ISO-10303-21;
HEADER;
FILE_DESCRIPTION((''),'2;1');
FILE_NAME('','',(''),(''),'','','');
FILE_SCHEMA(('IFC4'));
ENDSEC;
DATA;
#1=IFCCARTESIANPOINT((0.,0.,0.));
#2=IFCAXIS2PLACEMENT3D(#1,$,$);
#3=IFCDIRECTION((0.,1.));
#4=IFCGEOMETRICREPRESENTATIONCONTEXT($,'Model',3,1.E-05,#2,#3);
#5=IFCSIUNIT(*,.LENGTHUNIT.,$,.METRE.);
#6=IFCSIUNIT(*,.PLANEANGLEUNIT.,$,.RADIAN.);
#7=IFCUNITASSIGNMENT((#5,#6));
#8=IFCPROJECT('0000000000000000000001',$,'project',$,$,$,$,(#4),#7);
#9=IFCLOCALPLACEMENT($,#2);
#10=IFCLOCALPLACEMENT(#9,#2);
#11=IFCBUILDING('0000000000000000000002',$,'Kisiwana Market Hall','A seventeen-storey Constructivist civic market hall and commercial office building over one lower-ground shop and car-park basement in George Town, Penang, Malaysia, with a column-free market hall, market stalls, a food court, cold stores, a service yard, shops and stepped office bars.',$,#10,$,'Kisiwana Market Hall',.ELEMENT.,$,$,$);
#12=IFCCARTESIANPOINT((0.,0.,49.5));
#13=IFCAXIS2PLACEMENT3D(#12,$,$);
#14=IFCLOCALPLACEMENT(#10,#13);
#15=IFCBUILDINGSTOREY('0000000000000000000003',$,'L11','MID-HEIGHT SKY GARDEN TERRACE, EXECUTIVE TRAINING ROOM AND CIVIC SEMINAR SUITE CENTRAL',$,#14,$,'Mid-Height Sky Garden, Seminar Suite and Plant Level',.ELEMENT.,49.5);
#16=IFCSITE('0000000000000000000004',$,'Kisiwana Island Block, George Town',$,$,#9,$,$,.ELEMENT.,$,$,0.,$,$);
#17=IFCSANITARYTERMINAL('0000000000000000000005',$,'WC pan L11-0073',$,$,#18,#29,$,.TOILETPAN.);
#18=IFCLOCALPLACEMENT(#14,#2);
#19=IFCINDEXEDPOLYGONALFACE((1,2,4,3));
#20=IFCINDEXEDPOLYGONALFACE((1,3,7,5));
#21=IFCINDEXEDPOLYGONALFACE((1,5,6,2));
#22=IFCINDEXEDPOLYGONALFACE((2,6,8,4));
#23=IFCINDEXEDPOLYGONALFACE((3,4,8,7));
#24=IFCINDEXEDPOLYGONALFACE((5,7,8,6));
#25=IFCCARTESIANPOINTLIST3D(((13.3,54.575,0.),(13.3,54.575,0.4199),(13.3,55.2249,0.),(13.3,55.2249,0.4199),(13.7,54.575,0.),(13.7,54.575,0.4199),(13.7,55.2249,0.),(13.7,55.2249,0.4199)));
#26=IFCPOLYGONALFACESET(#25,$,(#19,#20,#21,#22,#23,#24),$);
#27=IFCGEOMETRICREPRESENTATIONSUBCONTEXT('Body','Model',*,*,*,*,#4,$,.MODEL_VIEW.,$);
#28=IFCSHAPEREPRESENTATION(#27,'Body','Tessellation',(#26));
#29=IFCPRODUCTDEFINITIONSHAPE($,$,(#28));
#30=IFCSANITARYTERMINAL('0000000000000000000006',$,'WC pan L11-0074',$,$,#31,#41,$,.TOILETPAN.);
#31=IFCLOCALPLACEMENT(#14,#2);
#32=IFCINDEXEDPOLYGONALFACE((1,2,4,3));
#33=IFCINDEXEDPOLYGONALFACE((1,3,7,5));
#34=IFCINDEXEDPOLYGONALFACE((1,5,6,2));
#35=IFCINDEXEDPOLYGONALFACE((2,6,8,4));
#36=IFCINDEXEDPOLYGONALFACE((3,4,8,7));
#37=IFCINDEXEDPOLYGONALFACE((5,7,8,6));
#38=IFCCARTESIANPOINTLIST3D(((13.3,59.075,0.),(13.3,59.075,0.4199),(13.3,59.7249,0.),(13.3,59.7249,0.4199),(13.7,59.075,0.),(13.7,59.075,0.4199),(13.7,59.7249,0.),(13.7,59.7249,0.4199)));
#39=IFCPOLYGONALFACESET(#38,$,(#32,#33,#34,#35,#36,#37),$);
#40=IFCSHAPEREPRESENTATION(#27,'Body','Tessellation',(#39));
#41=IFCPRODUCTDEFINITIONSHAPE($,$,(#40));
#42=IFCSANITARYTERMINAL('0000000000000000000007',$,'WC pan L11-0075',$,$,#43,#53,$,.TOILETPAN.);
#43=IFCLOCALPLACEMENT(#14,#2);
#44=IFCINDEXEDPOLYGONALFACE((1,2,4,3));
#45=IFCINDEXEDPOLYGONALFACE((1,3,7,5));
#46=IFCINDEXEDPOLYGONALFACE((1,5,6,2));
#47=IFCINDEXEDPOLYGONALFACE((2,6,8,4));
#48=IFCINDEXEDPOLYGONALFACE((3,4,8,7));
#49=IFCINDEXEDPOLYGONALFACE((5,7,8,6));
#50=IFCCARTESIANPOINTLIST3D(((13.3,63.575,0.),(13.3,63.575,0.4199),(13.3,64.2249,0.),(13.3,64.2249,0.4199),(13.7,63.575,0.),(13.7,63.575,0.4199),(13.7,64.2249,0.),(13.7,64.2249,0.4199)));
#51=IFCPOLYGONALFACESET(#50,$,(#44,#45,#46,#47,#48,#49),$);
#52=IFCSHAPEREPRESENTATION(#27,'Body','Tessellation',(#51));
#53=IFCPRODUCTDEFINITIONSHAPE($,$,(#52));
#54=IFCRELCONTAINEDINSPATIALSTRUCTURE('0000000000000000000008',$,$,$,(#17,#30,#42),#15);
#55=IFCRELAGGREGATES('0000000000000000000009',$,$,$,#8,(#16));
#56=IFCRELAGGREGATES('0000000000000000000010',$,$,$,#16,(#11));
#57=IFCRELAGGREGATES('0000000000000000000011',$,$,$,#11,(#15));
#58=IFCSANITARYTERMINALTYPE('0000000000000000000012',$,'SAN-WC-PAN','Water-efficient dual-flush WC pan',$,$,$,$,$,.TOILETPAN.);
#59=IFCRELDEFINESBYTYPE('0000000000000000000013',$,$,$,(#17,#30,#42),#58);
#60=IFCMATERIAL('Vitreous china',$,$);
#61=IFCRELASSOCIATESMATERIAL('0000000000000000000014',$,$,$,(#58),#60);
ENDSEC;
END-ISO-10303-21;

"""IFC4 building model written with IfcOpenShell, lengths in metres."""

from ifc_helpers import new_model, si_unit, direction, frame, origin, origin_2d, place, context, subcontext, project, spatial, rectangle, extrude, material, type_object, element, save


model = new_model("IFC4")

# Units and contexts
model_context = context("Model", 3, precision=1e-05, world=origin(), true_north=direction((0.0, 1.0)))
body_context = subcontext(model_context, "Body", "Model", "MODEL_VIEW")
ifc_project = project(units=[si_unit("LENGTHUNIT", "METRE"), si_unit("PLANEANGLEUNIT", "RADIAN")], contexts=[model_context])

# Site, building, storey
site_placement = place(None, origin())
site = spatial("IfcSite", under=ifc_project, at=site_placement, Name="Kisiwana Island Block, George Town", CompositionType="ELEMENT", RefElevation=0.0)
building_placement = place(site_placement, origin())
building = spatial("IfcBuilding", under=site, at=building_placement, Name="Kisiwana Market Hall", Description="A seventeen-storey Constructivist civic market hall and commercial office building over one lower-ground shop and car-park basement in George Town, Penang, Malaysia, with a column-free market hall, market stalls, a food court, cold stores, a service yard, shops and stepped office bars.", LongName="Kisiwana Market Hall", CompositionType="ELEMENT")
storey_placement = place(building_placement, frame((0.0, 0.0, 49.5)))
storey = spatial("IfcBuildingStorey", under=building, at=storey_placement, Name="L11", Description="MID-HEIGHT SKY GARDEN TERRACE, EXECUTIVE TRAINING ROOM AND CIVIC SEMINAR SUITE CENTRAL", LongName="Mid-Height Sky Garden, Seminar Suite and Plant Level", CompositionType="ELEMENT", Elevation=49.5)

# Sanitary terminals
ifc_material_1 = material(Name="Vitreous china")
sanitary_terminal_type_1 = type_object("IfcSanitaryTerminalType", Name="SAN-WC-PAN", Description="Water-efficient dual-flush WC pan", PredefinedType="TOILETPAN", material=ifc_material_1)
for number, where, z_axis, x_axis, name in (
    (1, (13.5, 54.8999, 0.0), (0.0, 0.0, 1.0), (1.0, 0.0, 0.0), "WC pan L11-0073"),
    (2, (13.5, 59.3999, 0.0), (0.0, 0.0, 1.0), (1.0, 0.0, 0.0), "WC pan L11-0074"),
    (3, (13.5, 63.8999, 0.0), (0.0, 0.0, 1.0), (1.0, 0.0, 0.0), "WC pan L11-0075"),
):
    element("IfcSanitaryTerminal", number, at=place(storey_placement, frame(where, z_axis=z_axis, x_axis=x_axis)), inside=storey, type_object=sanitary_terminal_type_1, Name=name, PredefinedType="TOILETPAN", context=body_context, shape_type="SweptSolid", body=[
        extrude(rectangle(XDim=0.3999, YDim=0.6499, at=origin_2d()), origin(), (0.0, 0.0, 1.0), 0.4199),
    ])

save(model, "model.ifc")
